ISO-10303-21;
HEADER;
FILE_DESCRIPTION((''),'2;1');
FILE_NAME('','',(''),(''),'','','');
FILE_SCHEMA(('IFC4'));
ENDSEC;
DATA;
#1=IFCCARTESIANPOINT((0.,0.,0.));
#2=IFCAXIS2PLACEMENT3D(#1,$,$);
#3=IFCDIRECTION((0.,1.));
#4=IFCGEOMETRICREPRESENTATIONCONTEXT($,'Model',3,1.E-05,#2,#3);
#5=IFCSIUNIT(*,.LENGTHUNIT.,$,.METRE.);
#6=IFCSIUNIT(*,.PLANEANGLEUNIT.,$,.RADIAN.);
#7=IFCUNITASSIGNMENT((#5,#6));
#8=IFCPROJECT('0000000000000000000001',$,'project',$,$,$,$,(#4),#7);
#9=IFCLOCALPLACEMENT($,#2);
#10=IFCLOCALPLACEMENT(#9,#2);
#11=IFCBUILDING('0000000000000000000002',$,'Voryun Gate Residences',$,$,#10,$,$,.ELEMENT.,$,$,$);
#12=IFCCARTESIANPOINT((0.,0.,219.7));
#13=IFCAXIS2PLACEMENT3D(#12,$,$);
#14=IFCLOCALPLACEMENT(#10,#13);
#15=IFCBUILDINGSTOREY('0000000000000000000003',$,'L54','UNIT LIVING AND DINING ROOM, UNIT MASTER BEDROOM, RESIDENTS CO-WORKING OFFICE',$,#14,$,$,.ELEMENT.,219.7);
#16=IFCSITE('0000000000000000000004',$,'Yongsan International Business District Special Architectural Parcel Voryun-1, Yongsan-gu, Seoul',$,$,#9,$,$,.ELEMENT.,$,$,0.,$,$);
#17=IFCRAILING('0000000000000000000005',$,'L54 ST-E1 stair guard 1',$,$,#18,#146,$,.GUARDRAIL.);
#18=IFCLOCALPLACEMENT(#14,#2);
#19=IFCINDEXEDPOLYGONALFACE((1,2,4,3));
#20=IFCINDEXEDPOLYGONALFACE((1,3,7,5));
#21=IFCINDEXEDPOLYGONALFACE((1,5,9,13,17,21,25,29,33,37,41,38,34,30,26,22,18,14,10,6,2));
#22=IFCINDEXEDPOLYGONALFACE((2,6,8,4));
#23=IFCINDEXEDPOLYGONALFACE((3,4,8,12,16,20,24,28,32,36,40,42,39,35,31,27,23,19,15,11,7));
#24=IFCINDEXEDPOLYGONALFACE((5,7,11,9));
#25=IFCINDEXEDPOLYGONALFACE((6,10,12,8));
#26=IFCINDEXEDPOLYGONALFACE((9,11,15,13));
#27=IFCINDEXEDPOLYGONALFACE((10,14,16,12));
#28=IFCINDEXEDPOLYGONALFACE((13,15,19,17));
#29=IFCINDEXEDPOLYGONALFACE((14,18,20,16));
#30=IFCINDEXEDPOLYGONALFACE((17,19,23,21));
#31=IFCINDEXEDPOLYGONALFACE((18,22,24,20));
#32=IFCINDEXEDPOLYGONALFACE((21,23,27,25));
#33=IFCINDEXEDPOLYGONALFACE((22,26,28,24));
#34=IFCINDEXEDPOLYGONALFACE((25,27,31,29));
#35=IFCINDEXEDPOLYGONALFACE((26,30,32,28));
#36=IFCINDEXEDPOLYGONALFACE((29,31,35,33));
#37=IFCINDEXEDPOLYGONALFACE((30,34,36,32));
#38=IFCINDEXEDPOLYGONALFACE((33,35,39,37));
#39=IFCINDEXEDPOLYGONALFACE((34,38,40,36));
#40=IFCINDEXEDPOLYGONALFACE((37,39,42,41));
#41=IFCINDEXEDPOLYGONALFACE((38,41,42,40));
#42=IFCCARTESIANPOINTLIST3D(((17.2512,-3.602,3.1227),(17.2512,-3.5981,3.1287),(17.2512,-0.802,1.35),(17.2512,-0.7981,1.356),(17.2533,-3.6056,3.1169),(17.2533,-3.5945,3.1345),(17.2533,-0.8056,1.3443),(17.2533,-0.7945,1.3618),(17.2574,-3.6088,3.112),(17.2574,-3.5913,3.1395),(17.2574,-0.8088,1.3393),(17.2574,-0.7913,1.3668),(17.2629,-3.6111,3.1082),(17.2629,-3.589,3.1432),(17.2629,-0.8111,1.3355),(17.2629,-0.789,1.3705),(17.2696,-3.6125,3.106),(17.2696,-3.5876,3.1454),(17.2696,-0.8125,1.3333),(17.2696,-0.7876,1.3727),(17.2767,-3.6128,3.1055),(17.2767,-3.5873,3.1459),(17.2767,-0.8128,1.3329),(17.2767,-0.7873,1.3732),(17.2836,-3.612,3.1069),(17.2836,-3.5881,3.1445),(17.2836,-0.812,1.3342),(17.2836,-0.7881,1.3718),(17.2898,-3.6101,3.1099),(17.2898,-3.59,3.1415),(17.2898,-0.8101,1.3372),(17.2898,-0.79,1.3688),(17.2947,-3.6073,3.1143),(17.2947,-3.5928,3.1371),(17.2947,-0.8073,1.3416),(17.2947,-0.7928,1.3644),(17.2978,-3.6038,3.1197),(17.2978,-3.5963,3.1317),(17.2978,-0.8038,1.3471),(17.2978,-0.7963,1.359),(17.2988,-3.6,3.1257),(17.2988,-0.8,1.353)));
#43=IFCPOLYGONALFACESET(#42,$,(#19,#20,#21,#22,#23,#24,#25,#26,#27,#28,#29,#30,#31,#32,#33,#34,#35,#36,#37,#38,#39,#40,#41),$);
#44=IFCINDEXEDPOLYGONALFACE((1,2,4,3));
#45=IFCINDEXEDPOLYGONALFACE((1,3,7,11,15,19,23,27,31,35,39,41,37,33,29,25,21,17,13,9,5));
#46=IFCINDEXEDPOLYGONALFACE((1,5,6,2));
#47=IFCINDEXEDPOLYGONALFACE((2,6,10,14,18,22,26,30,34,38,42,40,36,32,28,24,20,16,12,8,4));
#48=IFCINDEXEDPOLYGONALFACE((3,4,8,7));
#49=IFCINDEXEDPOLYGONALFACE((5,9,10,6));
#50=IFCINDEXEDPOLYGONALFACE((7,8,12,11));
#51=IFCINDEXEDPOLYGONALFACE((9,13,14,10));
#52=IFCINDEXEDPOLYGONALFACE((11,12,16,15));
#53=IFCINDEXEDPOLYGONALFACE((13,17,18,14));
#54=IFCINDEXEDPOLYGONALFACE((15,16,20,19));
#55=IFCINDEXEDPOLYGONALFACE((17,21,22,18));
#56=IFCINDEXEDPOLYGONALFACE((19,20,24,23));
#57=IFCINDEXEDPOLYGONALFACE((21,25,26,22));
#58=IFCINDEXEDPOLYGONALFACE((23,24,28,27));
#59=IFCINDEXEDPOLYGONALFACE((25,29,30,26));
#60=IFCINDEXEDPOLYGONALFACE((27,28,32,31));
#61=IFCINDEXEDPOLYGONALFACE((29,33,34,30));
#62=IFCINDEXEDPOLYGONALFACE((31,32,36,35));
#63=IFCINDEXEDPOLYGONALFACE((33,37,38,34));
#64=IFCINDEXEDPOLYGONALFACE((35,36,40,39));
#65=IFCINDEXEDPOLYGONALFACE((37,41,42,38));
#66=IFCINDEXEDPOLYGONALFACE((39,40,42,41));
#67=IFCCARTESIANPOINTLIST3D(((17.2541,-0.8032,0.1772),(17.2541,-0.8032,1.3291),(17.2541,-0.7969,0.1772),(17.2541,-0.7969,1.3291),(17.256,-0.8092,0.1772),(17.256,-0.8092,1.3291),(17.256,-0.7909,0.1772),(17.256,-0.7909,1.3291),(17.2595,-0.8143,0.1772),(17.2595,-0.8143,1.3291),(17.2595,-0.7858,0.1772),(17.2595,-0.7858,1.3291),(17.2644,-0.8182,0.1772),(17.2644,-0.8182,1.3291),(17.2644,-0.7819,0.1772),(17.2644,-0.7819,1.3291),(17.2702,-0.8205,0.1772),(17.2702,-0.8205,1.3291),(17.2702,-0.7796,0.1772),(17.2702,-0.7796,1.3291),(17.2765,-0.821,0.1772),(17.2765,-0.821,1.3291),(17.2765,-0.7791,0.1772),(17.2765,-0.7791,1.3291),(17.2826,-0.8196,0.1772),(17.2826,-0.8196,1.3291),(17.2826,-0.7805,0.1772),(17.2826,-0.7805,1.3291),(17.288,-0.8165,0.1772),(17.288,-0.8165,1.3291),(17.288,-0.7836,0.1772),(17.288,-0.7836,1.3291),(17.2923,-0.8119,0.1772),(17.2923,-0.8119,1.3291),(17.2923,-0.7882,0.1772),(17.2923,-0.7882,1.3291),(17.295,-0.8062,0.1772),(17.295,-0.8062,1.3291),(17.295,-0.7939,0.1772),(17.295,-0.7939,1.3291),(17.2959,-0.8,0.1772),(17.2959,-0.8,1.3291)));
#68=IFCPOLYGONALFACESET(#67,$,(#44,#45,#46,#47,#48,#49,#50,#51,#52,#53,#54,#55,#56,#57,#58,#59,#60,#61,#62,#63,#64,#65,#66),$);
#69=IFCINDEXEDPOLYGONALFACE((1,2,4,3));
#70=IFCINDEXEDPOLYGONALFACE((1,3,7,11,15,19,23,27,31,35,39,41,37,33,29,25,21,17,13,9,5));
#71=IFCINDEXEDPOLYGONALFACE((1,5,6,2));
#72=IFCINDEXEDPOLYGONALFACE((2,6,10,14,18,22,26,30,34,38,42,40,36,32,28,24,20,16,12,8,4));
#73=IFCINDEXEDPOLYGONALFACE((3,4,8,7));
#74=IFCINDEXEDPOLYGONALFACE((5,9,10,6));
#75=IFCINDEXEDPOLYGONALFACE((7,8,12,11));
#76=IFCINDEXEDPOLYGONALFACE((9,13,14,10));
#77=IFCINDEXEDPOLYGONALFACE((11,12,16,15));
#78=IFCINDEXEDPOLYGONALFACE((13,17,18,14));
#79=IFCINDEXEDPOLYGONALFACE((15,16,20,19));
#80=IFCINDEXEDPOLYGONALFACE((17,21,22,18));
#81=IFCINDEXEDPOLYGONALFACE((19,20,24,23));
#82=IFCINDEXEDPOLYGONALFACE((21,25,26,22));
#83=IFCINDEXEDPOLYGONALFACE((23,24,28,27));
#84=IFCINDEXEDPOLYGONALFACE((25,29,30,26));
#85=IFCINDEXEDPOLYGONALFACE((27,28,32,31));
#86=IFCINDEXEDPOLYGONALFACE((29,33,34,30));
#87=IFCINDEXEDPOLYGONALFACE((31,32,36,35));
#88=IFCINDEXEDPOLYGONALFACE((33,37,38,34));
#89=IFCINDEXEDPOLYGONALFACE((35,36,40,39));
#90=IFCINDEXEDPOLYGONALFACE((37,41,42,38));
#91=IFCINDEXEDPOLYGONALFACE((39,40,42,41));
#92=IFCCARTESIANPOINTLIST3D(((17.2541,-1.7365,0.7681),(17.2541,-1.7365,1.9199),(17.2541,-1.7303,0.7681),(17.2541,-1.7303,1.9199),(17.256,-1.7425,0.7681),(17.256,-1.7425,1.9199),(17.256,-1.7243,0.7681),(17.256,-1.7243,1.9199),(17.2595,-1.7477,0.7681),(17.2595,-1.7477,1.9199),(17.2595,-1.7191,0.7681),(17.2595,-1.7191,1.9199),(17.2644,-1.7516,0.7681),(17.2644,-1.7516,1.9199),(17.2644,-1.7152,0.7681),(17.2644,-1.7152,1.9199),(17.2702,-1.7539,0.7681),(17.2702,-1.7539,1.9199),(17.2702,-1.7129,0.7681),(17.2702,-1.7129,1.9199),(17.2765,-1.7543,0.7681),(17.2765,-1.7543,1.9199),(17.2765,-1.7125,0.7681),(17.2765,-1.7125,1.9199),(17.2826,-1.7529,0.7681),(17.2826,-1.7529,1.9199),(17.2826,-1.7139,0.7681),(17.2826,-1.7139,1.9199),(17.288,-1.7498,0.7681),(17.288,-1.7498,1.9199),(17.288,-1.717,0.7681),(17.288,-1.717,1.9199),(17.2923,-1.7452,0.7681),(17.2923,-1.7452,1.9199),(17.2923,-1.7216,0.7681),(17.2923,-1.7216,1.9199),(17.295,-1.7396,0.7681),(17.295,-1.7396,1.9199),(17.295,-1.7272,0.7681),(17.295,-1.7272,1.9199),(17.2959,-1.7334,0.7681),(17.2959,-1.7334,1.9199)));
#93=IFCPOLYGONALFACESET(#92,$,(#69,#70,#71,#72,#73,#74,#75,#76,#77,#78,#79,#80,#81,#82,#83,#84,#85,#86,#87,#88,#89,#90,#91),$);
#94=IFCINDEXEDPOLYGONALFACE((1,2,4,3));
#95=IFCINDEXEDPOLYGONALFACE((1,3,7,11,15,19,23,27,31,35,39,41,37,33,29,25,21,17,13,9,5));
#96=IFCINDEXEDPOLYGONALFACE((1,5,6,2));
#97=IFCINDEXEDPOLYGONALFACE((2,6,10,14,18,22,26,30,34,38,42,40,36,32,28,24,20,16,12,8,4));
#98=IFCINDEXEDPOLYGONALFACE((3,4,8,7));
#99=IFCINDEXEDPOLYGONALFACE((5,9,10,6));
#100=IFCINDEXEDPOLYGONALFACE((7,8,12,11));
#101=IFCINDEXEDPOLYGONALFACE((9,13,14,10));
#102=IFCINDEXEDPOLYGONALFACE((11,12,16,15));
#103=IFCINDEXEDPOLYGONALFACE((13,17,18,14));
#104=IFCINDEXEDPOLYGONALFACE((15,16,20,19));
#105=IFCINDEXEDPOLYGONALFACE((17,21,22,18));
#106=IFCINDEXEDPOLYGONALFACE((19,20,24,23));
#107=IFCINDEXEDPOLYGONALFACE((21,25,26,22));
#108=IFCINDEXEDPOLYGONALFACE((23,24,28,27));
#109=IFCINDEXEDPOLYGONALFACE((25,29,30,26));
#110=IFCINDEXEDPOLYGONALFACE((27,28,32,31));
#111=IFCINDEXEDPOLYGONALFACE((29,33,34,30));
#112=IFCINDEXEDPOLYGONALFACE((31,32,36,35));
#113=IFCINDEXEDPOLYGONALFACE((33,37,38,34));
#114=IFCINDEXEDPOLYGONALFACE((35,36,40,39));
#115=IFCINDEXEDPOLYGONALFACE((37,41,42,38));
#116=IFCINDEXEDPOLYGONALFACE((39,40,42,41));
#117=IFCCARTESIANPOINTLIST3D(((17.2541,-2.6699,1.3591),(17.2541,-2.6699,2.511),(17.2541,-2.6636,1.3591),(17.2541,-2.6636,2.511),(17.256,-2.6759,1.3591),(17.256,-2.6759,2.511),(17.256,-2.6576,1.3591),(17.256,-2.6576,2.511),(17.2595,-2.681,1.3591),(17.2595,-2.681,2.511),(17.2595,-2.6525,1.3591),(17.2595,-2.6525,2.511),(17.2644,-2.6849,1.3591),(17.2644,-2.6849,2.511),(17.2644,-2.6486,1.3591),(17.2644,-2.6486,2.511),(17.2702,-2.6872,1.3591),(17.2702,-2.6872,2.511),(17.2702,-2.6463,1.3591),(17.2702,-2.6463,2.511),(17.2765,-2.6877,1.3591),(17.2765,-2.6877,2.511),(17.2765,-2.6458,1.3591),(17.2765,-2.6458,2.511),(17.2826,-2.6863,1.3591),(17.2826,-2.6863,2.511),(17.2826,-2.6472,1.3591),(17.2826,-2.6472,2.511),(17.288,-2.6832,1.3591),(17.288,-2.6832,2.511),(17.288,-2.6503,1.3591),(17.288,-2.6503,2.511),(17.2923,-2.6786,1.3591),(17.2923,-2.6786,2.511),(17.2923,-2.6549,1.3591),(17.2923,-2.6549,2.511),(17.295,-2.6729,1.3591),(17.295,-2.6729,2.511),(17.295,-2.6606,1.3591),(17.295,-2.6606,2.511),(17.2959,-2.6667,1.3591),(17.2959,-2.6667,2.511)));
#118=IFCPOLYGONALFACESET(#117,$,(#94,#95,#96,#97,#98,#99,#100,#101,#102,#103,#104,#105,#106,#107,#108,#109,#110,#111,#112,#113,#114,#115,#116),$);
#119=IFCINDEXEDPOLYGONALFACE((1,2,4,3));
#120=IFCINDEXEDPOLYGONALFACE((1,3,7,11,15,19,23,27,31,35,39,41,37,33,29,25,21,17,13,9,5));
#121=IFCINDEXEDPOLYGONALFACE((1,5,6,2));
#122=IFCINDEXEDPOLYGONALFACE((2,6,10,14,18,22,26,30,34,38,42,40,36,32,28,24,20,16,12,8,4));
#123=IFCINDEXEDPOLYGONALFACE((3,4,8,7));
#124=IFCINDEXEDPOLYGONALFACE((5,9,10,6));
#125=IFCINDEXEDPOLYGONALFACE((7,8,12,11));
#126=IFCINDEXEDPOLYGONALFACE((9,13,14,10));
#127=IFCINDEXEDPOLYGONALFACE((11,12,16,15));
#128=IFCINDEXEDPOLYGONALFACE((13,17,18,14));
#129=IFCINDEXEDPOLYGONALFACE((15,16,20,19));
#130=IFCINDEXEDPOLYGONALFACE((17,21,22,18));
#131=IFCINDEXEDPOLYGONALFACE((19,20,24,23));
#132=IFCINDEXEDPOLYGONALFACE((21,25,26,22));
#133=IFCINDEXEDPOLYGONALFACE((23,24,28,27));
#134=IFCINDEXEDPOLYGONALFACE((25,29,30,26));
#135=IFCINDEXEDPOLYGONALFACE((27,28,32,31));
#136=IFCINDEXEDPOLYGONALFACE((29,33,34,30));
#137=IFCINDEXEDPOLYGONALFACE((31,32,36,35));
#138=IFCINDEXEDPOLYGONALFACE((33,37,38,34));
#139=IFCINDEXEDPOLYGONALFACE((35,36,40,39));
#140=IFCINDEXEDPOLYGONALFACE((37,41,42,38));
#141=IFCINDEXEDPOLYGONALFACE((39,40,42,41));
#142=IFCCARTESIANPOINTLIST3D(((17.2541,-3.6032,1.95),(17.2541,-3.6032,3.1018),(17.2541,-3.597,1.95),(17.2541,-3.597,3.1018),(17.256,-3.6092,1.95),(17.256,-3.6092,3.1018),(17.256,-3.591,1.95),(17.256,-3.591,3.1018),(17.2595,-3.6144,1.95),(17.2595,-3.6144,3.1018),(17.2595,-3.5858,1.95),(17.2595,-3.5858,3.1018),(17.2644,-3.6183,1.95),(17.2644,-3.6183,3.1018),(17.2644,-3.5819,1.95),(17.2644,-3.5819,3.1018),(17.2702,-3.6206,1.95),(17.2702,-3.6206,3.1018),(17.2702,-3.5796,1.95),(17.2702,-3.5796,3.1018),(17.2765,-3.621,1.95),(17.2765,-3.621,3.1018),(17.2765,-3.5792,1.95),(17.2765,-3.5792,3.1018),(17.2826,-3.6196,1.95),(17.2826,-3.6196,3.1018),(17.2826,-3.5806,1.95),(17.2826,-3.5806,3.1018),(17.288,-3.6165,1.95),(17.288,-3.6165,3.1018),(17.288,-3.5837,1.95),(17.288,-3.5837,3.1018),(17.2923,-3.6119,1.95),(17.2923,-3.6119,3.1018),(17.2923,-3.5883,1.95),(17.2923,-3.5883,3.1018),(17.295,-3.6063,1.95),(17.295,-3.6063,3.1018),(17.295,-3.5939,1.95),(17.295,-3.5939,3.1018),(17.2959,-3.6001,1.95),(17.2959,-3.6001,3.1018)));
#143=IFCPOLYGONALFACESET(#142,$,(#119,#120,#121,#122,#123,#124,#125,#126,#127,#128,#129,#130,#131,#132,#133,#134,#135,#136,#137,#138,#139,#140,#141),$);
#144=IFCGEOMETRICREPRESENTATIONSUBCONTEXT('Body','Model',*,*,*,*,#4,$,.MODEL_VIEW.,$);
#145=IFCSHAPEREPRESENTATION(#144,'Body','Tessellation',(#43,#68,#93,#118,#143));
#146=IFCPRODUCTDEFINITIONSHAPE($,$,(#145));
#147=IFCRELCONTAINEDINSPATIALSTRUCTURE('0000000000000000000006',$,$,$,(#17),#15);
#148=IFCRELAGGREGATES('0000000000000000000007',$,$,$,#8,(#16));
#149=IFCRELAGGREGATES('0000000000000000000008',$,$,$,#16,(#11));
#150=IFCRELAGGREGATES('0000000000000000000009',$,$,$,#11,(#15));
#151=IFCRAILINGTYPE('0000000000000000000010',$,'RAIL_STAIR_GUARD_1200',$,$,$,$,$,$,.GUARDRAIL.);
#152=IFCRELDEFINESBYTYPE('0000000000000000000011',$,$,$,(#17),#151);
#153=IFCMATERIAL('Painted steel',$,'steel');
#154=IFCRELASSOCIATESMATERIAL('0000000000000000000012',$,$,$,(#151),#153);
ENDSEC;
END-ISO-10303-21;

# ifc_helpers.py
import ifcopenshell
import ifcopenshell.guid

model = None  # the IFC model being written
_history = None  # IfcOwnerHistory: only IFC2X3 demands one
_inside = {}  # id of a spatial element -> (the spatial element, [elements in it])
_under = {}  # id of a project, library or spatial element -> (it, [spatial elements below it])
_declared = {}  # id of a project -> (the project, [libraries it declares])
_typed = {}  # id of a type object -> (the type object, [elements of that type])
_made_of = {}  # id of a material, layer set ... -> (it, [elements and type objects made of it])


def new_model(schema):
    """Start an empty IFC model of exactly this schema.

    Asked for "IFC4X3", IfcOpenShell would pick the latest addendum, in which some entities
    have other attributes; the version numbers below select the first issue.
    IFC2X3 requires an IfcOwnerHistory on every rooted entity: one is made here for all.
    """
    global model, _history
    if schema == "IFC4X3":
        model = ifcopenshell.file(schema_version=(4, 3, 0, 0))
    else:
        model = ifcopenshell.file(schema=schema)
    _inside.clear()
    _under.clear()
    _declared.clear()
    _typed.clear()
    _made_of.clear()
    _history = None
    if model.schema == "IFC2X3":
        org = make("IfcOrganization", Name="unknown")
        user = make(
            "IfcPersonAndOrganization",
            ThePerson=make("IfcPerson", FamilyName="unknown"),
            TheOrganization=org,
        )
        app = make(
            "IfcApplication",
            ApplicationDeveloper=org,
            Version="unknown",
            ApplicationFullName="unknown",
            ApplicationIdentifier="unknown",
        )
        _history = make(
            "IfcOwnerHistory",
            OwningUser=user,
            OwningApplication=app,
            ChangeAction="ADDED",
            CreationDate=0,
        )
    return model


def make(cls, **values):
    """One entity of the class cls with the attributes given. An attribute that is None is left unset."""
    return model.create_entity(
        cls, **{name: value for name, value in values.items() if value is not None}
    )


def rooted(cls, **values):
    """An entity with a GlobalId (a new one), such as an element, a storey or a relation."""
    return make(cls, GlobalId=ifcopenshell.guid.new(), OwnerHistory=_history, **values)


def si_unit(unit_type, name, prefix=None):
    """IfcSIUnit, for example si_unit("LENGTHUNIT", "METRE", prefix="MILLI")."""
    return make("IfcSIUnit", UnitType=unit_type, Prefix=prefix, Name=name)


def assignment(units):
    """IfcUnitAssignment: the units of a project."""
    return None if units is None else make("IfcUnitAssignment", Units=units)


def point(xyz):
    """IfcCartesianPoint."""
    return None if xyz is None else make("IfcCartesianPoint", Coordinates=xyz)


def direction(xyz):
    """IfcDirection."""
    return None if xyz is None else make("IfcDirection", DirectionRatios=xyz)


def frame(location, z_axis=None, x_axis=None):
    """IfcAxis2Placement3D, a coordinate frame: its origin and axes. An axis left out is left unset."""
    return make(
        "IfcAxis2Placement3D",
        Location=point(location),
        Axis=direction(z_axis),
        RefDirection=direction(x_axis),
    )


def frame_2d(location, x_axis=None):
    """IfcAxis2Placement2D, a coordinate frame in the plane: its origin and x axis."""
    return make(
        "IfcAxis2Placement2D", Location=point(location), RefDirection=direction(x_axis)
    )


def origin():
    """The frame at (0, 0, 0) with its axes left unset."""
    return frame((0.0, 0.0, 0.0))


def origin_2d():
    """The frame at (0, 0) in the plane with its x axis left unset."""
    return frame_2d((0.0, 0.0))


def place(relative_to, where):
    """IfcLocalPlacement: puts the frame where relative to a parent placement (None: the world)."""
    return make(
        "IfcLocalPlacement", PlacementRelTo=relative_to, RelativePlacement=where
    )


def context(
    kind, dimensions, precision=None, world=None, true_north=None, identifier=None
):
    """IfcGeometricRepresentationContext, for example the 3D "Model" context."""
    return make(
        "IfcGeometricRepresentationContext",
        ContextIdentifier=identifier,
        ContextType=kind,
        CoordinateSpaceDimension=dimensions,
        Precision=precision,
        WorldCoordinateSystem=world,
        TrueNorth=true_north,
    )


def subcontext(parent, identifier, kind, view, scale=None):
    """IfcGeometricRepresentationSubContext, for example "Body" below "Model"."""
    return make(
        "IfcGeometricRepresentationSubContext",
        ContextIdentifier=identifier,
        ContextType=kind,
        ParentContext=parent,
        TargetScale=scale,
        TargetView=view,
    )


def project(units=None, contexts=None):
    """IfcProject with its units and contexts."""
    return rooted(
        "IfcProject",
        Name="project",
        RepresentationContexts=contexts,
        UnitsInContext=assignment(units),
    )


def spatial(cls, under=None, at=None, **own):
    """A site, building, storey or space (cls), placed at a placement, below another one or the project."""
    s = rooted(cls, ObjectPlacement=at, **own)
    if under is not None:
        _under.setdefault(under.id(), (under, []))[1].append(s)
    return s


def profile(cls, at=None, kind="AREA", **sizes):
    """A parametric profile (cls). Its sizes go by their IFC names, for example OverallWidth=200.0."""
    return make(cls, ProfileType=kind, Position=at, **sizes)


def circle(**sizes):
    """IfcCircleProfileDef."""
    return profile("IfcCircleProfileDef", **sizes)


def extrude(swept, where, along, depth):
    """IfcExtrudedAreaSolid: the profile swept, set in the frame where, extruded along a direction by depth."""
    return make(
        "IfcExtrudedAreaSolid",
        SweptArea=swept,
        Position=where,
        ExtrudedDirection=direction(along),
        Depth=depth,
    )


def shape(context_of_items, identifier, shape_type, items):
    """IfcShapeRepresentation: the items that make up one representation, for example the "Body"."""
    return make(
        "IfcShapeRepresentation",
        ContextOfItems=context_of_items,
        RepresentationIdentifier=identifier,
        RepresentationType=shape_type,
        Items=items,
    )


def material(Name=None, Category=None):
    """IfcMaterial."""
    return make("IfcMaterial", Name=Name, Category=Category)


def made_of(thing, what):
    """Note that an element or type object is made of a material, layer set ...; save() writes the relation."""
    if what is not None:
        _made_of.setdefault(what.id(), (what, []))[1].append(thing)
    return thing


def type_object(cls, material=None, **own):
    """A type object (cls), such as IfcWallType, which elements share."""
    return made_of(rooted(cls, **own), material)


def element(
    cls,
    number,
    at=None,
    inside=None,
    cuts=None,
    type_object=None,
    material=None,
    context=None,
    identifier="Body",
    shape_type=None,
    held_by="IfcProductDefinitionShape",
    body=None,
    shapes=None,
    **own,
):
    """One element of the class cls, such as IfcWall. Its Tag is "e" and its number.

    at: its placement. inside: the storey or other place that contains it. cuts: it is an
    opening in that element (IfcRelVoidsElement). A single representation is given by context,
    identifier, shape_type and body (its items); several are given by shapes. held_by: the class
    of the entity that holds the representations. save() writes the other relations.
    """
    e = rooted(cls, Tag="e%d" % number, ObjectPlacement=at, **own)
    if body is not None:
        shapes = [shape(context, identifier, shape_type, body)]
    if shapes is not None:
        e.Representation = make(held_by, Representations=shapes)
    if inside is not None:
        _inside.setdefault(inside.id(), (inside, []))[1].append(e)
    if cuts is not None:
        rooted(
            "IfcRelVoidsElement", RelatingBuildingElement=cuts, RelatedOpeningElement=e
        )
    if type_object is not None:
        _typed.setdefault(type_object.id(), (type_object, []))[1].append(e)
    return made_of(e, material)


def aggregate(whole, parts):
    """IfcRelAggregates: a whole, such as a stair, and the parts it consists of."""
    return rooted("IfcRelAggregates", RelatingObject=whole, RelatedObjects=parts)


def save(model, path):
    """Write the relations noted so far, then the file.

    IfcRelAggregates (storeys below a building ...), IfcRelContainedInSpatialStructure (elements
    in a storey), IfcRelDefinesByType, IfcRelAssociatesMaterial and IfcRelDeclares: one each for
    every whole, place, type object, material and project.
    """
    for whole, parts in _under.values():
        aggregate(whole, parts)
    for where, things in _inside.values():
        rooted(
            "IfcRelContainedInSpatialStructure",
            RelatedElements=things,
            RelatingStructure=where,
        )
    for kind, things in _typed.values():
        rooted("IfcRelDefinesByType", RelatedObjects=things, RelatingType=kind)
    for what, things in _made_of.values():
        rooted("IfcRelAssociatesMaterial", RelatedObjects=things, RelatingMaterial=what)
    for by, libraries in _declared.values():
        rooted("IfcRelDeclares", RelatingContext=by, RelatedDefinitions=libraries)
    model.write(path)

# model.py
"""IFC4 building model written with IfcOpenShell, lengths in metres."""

from ifc_helpers import new_model, si_unit, direction, frame, origin, origin_2d, place, context, subcontext, project, spatial, circle, extrude, material, type_object, element, save


model = new_model("IFC4")

# Units and contexts
model_context = context("Model", 3, precision=1e-05, world=origin(), true_north=direction((0.0, 1.0)))
body_context = subcontext(model_context, "Body", "Model", "MODEL_VIEW")
ifc_project = project(units=[si_unit("LENGTHUNIT", "METRE"), si_unit("PLANEANGLEUNIT", "RADIAN")], contexts=[model_context])

# Site, building, storey
site_placement = place(None, origin())
site = spatial("IfcSite", under=ifc_project, at=site_placement, Name="Yongsan International Business District Special Architectural Parcel Voryun-1, Yongsan-gu, Seoul", CompositionType="ELEMENT", RefElevation=0.0)
building_placement = place(site_placement, origin())
building = spatial("IfcBuilding", under=site, at=building_placement, Name="Voryun Gate Residences", CompositionType="ELEMENT")
storey_placement = place(building_placement, frame((0.0, 0.0, 219.7)))
storey = spatial("IfcBuildingStorey", under=building, at=storey_placement, Name="L54", Description="UNIT LIVING AND DINING ROOM, UNIT MASTER BEDROOM, RESIDENTS CO-WORKING OFFICE", CompositionType="ELEMENT", Elevation=219.7)

# Railing
ifc_material_1 = material(Name="Painted steel", Category="steel")
railing_type_1 = type_object("IfcRailingType", Name="RAIL_STAIR_GUARD_1200", PredefinedType="GUARDRAIL", material=ifc_material_1)
railing_1_placement = place(storey_placement, frame((17.2749, -0.8, 0.1772)))
element("IfcRailing", 1, at=railing_1_placement, inside=storey, type_object=railing_type_1, Name="L54 ST-E1 stair guard 1", PredefinedType="GUARDRAIL", context=body_context, shape_type="SweptSolid", body=[
    extrude(circle(Radius=0.0239, at=origin_2d()), frame((0.0, 0.0, 1.1758), z_axis=(0.0, -0.844909, 0.53491), x_axis=(1.0, 0.0, 0.0)), (0.0, 0.0, 1.0), 3.314),
    extrude(circle(Radius=0.021, at=origin_2d()), origin(), (0.0, 0.0, 1.0), 1.1519),
    extrude(circle(Radius=0.021, at=origin_2d()), frame((0.0, -0.9333, 0.5908)), (0.0, 0.0, 1.0), 1.1519),
    extrude(circle(Radius=0.021, at=origin_2d()), frame((0.0, -1.8667, 1.1819)), (0.0, 0.0, 1.0), 1.1519),
    extrude(circle(Radius=0.021, at=origin_2d()), frame((0.0, -2.8, 1.7727)), (0.0, 0.0, 1.0), 1.1519),
])

save(model, "model.ifc")
